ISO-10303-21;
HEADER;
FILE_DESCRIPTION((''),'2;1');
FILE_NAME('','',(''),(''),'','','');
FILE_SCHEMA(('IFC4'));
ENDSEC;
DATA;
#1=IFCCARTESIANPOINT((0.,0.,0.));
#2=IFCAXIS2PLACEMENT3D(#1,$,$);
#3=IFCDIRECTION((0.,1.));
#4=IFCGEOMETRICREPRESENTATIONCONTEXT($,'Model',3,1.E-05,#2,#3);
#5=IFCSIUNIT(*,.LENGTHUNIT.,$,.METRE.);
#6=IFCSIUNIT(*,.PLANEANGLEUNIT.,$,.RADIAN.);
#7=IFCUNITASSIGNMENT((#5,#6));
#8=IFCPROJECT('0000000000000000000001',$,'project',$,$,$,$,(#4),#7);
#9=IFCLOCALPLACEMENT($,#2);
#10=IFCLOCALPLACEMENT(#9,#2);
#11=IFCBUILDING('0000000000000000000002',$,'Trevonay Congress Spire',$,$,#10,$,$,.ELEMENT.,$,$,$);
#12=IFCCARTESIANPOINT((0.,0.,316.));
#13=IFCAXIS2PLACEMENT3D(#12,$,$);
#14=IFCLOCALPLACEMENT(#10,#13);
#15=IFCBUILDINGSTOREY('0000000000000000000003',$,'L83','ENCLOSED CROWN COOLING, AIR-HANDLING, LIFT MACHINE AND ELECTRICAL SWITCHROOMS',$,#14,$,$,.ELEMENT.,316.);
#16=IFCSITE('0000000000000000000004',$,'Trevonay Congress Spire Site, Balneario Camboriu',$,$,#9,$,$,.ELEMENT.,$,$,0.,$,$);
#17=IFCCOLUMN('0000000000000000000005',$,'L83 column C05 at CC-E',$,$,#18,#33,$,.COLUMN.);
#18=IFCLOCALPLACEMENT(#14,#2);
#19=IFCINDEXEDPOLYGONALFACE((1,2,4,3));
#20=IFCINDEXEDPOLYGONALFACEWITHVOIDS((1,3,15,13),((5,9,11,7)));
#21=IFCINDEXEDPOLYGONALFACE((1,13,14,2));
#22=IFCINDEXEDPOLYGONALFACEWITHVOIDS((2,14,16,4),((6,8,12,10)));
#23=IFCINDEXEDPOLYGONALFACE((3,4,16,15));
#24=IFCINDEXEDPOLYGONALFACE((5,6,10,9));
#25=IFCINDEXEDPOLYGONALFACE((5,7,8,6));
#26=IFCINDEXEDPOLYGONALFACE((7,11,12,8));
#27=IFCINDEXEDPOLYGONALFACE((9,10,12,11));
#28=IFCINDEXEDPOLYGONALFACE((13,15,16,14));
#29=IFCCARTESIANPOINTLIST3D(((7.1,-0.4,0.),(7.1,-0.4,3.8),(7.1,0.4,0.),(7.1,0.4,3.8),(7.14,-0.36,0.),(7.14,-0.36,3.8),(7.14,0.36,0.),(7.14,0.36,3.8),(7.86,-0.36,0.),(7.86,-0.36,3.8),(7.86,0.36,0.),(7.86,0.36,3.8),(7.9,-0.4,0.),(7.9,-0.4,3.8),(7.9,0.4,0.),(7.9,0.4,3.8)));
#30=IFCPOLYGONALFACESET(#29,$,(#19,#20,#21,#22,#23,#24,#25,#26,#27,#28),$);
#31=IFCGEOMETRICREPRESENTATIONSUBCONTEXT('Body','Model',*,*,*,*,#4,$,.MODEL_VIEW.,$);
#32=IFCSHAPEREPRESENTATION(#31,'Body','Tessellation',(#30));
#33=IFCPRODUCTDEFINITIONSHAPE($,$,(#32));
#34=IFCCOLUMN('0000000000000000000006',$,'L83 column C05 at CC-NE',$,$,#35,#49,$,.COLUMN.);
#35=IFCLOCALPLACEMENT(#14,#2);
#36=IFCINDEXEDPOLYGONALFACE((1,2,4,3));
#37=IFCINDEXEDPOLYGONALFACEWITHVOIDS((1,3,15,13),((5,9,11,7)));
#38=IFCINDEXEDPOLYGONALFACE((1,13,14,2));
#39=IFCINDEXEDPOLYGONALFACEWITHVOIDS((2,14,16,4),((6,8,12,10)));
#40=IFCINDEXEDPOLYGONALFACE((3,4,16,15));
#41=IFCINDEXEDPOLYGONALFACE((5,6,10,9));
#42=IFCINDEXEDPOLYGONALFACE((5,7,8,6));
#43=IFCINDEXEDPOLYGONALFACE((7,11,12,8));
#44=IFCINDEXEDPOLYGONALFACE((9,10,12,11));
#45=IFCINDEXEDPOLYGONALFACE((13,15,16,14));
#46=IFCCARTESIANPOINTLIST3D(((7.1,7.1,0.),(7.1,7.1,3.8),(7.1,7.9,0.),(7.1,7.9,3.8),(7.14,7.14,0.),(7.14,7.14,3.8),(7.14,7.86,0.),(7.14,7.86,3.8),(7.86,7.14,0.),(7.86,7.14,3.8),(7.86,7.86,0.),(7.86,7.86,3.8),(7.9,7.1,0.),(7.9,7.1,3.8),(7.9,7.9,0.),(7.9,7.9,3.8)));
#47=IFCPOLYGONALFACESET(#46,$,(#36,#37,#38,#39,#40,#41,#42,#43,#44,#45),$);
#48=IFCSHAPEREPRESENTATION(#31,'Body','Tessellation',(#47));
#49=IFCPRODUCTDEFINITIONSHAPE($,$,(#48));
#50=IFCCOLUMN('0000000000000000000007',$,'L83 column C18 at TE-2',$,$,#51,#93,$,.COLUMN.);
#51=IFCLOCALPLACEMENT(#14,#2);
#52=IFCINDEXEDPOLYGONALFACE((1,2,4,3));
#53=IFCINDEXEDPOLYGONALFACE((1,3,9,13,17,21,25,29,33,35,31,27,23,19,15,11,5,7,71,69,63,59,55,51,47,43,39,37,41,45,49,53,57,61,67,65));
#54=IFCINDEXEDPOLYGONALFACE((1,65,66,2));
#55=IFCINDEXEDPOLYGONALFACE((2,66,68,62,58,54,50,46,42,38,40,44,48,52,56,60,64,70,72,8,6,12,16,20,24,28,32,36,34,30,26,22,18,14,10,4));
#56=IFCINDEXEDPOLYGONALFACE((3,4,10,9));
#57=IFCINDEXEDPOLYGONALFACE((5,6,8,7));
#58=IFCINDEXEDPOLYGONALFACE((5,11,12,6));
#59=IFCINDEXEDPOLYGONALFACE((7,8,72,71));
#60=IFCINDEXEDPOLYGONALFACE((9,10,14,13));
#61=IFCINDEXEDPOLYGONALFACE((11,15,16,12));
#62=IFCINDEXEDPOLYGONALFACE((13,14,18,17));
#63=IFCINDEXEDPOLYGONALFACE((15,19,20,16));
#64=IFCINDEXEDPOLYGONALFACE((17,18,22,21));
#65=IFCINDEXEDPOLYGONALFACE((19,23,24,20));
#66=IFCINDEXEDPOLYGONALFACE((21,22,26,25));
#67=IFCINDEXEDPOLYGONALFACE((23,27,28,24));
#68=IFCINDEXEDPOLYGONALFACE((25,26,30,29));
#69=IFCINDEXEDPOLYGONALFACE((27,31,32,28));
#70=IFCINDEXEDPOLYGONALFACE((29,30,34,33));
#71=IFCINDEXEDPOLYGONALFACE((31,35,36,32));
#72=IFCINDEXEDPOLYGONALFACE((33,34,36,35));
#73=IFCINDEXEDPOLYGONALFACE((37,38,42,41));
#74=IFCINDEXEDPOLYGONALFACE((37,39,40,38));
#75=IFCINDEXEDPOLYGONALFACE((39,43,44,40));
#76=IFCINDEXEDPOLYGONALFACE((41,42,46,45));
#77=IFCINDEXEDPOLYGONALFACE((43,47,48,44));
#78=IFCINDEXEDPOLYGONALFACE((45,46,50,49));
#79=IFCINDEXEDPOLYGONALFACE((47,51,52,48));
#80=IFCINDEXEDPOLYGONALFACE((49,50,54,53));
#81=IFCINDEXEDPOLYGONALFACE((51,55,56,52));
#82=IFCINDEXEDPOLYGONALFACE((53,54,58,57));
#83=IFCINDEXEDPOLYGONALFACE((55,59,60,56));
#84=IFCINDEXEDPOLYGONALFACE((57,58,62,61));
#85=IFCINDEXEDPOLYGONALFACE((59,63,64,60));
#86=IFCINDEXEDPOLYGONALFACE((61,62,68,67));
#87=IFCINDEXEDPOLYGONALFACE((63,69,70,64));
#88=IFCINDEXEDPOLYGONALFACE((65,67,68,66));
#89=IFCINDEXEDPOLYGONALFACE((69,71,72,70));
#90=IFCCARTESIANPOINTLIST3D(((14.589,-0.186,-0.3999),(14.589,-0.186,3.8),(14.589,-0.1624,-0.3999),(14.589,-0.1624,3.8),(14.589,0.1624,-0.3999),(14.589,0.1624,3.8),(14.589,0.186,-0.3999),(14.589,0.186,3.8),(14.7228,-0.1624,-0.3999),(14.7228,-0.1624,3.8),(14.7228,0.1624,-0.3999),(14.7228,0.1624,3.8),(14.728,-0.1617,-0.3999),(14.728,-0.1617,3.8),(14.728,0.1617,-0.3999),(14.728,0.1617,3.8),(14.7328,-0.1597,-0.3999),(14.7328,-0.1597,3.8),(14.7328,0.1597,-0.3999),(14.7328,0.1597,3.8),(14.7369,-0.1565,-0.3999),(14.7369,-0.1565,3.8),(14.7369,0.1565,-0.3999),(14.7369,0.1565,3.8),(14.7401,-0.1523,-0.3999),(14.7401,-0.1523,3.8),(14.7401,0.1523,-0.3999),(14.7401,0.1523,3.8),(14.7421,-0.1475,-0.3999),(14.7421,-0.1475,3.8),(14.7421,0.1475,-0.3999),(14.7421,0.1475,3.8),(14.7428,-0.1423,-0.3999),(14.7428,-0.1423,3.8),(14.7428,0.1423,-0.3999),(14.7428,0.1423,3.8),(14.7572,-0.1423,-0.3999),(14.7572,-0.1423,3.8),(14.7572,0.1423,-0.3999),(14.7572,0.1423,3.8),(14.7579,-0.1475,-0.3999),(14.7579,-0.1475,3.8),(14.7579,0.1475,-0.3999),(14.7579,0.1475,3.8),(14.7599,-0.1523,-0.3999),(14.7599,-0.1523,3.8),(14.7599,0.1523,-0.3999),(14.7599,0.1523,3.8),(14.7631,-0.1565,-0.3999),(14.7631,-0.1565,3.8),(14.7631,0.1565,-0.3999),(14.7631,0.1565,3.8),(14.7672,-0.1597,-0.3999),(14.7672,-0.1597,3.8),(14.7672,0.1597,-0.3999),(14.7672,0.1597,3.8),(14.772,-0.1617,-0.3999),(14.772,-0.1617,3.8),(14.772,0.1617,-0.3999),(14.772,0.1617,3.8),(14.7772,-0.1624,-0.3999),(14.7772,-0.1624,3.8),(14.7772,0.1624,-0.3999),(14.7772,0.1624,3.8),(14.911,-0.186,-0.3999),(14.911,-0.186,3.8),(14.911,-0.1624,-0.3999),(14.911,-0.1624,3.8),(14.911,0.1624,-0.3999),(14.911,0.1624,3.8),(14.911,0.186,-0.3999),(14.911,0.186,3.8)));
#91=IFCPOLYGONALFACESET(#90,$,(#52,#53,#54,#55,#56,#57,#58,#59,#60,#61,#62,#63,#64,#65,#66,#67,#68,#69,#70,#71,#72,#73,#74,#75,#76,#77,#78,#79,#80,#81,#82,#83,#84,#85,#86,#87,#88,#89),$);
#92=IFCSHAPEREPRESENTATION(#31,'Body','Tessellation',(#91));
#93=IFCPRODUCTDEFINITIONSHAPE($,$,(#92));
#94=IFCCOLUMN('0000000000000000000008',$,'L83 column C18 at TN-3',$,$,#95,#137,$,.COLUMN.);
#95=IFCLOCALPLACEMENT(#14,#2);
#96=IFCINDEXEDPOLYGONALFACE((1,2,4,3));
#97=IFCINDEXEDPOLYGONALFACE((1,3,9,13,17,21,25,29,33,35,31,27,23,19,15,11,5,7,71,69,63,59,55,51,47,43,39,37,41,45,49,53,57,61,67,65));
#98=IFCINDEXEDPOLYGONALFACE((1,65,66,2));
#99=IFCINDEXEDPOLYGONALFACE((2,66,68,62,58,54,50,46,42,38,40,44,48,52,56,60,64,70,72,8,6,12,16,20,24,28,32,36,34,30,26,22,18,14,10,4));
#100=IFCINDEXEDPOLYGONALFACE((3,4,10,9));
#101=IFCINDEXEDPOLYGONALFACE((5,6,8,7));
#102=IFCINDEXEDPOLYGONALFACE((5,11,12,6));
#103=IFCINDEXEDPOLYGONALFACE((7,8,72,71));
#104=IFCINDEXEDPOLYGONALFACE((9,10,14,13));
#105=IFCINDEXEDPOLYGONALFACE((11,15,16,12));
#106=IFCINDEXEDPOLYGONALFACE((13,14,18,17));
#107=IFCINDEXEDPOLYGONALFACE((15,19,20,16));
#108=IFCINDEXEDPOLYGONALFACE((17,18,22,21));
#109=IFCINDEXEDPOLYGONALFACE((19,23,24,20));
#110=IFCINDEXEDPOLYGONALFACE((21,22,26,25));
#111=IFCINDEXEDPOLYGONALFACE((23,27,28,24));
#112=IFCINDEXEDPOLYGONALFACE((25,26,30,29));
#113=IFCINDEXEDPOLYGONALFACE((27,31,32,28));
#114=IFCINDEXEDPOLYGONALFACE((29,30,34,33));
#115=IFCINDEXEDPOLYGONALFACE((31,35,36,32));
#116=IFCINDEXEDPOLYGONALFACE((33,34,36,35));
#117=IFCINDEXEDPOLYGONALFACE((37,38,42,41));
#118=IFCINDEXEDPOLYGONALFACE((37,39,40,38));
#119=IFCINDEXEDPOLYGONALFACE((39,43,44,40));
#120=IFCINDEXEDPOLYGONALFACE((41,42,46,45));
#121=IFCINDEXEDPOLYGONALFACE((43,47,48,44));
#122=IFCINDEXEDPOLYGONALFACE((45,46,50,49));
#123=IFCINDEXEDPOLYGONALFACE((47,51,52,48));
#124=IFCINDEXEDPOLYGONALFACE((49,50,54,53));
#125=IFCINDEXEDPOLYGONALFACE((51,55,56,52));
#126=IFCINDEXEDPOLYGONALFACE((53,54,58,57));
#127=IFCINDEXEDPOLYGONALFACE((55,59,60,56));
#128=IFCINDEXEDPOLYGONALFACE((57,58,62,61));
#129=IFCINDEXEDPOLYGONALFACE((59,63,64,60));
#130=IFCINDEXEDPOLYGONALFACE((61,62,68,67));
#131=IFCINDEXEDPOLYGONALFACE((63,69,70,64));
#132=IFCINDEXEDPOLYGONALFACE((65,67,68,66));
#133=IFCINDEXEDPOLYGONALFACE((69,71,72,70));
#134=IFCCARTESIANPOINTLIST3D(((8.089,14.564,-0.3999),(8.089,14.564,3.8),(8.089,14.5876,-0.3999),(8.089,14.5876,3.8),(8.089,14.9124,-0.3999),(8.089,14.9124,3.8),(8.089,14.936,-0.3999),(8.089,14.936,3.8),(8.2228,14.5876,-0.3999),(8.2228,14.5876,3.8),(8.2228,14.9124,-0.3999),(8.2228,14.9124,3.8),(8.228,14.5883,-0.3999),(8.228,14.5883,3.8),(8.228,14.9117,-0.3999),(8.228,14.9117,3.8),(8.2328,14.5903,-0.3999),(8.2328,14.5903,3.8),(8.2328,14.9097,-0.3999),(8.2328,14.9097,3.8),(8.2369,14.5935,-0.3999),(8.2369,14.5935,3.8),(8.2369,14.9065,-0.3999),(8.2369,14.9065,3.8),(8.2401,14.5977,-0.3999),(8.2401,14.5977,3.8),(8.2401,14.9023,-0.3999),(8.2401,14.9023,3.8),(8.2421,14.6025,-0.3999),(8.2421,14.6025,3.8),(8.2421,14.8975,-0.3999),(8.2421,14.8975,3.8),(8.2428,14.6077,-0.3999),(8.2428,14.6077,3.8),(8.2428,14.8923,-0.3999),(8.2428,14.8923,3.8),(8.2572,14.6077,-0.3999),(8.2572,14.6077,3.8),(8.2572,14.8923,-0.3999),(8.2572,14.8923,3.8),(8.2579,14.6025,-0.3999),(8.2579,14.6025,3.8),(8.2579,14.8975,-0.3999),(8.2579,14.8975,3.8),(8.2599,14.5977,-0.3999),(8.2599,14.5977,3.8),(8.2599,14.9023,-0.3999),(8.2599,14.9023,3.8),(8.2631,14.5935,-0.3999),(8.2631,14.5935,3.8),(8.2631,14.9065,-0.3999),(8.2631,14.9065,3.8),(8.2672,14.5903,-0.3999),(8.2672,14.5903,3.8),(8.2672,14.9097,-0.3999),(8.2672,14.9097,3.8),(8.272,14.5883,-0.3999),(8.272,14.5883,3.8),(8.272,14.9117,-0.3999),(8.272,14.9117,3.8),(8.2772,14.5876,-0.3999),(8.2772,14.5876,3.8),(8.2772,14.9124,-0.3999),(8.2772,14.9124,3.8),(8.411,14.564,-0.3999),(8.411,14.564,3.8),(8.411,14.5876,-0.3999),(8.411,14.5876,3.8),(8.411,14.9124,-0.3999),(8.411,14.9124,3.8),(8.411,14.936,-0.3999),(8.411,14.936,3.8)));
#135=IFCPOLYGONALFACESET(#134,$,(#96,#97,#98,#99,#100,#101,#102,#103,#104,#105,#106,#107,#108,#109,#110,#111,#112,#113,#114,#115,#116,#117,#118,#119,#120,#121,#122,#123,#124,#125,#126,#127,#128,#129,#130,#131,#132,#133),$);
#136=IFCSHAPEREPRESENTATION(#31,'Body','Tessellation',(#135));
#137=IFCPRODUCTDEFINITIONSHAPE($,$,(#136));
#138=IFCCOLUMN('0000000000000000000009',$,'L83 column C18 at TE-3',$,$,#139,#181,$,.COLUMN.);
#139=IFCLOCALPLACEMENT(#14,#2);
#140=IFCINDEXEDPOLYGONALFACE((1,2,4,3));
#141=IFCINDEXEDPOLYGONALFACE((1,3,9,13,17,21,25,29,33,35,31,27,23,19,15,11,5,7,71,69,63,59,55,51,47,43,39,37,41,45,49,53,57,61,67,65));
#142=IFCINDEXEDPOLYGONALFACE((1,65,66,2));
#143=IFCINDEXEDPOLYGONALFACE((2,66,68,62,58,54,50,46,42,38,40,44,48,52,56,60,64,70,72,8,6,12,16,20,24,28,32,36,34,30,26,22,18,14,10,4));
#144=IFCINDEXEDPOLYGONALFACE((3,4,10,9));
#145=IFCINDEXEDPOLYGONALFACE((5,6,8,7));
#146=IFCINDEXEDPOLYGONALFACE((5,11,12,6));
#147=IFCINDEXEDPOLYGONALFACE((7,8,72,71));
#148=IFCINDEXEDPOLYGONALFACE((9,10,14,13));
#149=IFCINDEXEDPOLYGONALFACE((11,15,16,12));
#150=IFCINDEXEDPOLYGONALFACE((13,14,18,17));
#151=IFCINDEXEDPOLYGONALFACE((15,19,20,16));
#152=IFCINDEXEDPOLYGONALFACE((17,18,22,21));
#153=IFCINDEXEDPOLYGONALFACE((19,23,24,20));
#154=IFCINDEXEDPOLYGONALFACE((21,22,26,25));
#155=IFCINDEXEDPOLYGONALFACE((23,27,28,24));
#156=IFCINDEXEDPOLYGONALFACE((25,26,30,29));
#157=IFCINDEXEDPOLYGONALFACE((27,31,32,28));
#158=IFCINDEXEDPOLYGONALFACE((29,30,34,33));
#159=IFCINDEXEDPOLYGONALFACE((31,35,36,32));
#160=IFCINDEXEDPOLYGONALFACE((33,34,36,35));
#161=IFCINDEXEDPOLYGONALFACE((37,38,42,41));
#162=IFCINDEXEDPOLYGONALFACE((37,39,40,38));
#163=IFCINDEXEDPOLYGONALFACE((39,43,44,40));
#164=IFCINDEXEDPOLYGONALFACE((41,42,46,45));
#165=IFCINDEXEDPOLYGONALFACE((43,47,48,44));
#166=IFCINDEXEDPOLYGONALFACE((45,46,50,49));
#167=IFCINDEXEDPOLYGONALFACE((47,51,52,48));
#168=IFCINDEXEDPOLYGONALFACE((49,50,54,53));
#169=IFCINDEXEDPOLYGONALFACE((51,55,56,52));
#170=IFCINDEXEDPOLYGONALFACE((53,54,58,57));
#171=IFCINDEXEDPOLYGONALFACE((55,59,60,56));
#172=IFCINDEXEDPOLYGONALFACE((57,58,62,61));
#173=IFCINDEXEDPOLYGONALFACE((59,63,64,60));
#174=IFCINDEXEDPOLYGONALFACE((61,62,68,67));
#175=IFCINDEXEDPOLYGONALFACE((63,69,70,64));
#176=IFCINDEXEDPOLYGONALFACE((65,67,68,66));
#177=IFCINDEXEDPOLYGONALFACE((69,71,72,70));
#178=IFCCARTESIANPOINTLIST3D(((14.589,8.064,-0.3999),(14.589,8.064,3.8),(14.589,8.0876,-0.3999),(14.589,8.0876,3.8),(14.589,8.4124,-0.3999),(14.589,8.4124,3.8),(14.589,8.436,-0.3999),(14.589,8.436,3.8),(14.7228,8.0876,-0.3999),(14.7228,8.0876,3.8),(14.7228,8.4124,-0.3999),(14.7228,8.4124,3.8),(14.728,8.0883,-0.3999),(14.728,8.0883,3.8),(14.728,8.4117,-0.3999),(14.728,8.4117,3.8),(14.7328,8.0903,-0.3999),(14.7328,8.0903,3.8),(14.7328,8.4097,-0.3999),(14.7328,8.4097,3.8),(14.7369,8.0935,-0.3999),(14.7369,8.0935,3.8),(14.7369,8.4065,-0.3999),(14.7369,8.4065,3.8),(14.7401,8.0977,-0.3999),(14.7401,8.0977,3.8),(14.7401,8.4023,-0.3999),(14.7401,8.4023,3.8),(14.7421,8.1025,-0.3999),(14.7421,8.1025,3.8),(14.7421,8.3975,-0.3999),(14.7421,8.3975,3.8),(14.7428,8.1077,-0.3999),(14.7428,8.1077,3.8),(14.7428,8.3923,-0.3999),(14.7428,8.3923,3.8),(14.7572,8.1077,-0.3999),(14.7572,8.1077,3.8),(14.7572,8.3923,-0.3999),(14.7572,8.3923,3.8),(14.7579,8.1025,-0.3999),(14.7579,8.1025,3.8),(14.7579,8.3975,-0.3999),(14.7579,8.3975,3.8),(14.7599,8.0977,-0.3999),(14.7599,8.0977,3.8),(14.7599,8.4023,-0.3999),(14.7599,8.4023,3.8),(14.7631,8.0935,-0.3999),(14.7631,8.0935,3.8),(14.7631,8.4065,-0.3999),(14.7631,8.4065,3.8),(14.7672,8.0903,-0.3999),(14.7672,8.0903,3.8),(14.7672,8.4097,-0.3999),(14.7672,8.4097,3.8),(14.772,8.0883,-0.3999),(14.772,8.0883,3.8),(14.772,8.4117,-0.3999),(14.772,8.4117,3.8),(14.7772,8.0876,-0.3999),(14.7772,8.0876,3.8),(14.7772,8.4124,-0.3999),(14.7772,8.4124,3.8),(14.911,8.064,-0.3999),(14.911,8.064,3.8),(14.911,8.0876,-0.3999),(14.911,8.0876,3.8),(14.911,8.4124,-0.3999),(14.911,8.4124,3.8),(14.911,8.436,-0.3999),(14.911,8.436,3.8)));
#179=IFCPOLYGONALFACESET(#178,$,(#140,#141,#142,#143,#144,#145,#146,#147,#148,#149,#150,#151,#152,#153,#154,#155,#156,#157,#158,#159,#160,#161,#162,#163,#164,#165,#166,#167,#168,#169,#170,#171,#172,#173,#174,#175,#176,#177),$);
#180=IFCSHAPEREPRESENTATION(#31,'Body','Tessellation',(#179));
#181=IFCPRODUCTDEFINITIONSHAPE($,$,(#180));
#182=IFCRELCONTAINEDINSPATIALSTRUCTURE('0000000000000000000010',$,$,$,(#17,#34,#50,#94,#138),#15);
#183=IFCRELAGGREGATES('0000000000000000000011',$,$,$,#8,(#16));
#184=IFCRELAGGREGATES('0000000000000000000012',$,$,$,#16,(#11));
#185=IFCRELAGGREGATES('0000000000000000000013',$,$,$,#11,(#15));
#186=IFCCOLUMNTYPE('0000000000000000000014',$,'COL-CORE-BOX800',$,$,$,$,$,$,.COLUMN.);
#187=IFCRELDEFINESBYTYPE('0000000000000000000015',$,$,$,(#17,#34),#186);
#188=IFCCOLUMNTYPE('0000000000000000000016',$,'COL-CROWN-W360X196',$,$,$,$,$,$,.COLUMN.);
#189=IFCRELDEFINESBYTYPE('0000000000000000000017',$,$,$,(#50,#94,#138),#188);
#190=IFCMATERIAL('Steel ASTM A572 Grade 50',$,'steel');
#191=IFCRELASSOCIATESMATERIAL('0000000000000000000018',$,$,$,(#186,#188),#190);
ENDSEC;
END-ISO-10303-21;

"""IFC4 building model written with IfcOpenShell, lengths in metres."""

from ifc_helpers import new_model, si_unit, direction, frame, origin, origin_2d, place, context, subcontext, project, spatial, hollow_rectangle, i_section, extrude, material, material_profile, profile_set, type_object, element, save


model = new_model("IFC4")

# Units and contexts
model_context = context("Model", 3, precision=1e-05, world=origin(), true_north=direction((0.0, 1.0)))
body_context = subcontext(model_context, "Body", "Model", "MODEL_VIEW")
ifc_project = project(units=[si_unit("LENGTHUNIT", "METRE"), si_unit("PLANEANGLEUNIT", "RADIAN")], contexts=[model_context])

# Site, building, storey
site_placement = place(None, origin())
site = spatial("IfcSite", under=ifc_project, at=site_placement, Name="Trevonay Congress Spire Site, Balneario Camboriu", CompositionType="ELEMENT", RefElevation=0.0)
building_placement = place(site_placement, origin())
building = spatial("IfcBuilding", under=site, at=building_placement, Name="Trevonay Congress Spire", CompositionType="ELEMENT")
storey_placement = place(building_placement, frame((0.0, 0.0, 316.0)))
storey = spatial("IfcBuildingStorey", under=building, at=storey_placement, Name="L83", Description="ENCLOSED CROWN COOLING, AIR-HANDLING, LIFT MACHINE AND ELECTRICAL SWITCHROOMS", CompositionType="ELEMENT", Elevation=316.0)

# Columns
ifc_material_1 = material(Name="Steel ASTM A572 Grade 50", Category="steel")
ifc_material_profile_1 = material_profile(ifc_material_1, hollow_rectangle(XDim=0.8, YDim=0.8, WallThickness=0.04, at=origin_2d()), Name="BOX 800x800x40")
ifc_profile_set_1 = profile_set([ifc_material_profile_1], Name="Steel ASTM A572 Grade 50")
column_type_1 = type_object("IfcColumnType", Name="COL-CORE-BOX800", PredefinedType="COLUMN", material=ifc_profile_set_1)
for number, where, z_axis, x_axis, name in (
    (1, (7.5, 0.0, 0.0), (0.0, 0.0, 1.0), (1.0, 0.0, 0.0), "L83 column C05 at CC-E"),
    (2, (7.5, 7.5, 0.0), (0.0, 0.0, 1.0), (1.0, 0.0, 0.0), "L83 column C05 at CC-NE"),
):
    element("IfcColumn", number, at=place(storey_placement, frame(where, z_axis=z_axis, x_axis=x_axis)), inside=storey, type_object=column_type_1, Name=name, PredefinedType="COLUMN", context=body_context, shape_type="SweptSolid", body=[
        extrude(hollow_rectangle(XDim=0.8, YDim=0.8, WallThickness=0.04, at=origin_2d()), origin(), (0.0, 0.0, 1.0), 3.8),
    ])
ifc_material_profile_2 = material_profile(ifc_material_1, i_section(OverallWidth=0.322, OverallDepth=0.3721, WebThickness=0.0144, FlangeThickness=0.0237, FilletRadius=0.02, at=origin_2d()), Name="W360x196")
ifc_profile_set_2 = profile_set([ifc_material_profile_2], Name="Steel ASTM A572 Grade 50")
column_type_2 = type_object("IfcColumnType", Name="COL-CROWN-W360X196", PredefinedType="COLUMN", material=ifc_profile_set_2)
for number, where, z_axis, x_axis, name in (
    (3, (14.75, 0.0, -0.3999), (0.0, 0.0, 1.0), (1.0, 0.0, 0.0), "L83 column C18 at TE-2"),
    (4, (8.25, 14.75, -0.3999), (0.0, 0.0, 1.0), (1.0, 0.0, 0.0), "L83 column C18 at TN-3"),
    (5, (14.75, 8.25, -0.3999), (0.0, 0.0, 1.0), (1.0, 0.0, 0.0), "L83 column C18 at TE-3"),
):
    element("IfcColumn", number, at=place(storey_placement, frame(where, z_axis=z_axis, x_axis=x_axis)), inside=storey, type_object=column_type_2, Name=name, PredefinedType="COLUMN", context=body_context, shape_type="SweptSolid", body=[
        extrude(i_section(OverallWidth=0.322, OverallDepth=0.3721, WebThickness=0.0144, FlangeThickness=0.0237, FilletRadius=0.02, at=origin_2d()), origin(), (0.0, 0.0, 1.0), 4.2),
    ])

save(model, "model.ifc")
